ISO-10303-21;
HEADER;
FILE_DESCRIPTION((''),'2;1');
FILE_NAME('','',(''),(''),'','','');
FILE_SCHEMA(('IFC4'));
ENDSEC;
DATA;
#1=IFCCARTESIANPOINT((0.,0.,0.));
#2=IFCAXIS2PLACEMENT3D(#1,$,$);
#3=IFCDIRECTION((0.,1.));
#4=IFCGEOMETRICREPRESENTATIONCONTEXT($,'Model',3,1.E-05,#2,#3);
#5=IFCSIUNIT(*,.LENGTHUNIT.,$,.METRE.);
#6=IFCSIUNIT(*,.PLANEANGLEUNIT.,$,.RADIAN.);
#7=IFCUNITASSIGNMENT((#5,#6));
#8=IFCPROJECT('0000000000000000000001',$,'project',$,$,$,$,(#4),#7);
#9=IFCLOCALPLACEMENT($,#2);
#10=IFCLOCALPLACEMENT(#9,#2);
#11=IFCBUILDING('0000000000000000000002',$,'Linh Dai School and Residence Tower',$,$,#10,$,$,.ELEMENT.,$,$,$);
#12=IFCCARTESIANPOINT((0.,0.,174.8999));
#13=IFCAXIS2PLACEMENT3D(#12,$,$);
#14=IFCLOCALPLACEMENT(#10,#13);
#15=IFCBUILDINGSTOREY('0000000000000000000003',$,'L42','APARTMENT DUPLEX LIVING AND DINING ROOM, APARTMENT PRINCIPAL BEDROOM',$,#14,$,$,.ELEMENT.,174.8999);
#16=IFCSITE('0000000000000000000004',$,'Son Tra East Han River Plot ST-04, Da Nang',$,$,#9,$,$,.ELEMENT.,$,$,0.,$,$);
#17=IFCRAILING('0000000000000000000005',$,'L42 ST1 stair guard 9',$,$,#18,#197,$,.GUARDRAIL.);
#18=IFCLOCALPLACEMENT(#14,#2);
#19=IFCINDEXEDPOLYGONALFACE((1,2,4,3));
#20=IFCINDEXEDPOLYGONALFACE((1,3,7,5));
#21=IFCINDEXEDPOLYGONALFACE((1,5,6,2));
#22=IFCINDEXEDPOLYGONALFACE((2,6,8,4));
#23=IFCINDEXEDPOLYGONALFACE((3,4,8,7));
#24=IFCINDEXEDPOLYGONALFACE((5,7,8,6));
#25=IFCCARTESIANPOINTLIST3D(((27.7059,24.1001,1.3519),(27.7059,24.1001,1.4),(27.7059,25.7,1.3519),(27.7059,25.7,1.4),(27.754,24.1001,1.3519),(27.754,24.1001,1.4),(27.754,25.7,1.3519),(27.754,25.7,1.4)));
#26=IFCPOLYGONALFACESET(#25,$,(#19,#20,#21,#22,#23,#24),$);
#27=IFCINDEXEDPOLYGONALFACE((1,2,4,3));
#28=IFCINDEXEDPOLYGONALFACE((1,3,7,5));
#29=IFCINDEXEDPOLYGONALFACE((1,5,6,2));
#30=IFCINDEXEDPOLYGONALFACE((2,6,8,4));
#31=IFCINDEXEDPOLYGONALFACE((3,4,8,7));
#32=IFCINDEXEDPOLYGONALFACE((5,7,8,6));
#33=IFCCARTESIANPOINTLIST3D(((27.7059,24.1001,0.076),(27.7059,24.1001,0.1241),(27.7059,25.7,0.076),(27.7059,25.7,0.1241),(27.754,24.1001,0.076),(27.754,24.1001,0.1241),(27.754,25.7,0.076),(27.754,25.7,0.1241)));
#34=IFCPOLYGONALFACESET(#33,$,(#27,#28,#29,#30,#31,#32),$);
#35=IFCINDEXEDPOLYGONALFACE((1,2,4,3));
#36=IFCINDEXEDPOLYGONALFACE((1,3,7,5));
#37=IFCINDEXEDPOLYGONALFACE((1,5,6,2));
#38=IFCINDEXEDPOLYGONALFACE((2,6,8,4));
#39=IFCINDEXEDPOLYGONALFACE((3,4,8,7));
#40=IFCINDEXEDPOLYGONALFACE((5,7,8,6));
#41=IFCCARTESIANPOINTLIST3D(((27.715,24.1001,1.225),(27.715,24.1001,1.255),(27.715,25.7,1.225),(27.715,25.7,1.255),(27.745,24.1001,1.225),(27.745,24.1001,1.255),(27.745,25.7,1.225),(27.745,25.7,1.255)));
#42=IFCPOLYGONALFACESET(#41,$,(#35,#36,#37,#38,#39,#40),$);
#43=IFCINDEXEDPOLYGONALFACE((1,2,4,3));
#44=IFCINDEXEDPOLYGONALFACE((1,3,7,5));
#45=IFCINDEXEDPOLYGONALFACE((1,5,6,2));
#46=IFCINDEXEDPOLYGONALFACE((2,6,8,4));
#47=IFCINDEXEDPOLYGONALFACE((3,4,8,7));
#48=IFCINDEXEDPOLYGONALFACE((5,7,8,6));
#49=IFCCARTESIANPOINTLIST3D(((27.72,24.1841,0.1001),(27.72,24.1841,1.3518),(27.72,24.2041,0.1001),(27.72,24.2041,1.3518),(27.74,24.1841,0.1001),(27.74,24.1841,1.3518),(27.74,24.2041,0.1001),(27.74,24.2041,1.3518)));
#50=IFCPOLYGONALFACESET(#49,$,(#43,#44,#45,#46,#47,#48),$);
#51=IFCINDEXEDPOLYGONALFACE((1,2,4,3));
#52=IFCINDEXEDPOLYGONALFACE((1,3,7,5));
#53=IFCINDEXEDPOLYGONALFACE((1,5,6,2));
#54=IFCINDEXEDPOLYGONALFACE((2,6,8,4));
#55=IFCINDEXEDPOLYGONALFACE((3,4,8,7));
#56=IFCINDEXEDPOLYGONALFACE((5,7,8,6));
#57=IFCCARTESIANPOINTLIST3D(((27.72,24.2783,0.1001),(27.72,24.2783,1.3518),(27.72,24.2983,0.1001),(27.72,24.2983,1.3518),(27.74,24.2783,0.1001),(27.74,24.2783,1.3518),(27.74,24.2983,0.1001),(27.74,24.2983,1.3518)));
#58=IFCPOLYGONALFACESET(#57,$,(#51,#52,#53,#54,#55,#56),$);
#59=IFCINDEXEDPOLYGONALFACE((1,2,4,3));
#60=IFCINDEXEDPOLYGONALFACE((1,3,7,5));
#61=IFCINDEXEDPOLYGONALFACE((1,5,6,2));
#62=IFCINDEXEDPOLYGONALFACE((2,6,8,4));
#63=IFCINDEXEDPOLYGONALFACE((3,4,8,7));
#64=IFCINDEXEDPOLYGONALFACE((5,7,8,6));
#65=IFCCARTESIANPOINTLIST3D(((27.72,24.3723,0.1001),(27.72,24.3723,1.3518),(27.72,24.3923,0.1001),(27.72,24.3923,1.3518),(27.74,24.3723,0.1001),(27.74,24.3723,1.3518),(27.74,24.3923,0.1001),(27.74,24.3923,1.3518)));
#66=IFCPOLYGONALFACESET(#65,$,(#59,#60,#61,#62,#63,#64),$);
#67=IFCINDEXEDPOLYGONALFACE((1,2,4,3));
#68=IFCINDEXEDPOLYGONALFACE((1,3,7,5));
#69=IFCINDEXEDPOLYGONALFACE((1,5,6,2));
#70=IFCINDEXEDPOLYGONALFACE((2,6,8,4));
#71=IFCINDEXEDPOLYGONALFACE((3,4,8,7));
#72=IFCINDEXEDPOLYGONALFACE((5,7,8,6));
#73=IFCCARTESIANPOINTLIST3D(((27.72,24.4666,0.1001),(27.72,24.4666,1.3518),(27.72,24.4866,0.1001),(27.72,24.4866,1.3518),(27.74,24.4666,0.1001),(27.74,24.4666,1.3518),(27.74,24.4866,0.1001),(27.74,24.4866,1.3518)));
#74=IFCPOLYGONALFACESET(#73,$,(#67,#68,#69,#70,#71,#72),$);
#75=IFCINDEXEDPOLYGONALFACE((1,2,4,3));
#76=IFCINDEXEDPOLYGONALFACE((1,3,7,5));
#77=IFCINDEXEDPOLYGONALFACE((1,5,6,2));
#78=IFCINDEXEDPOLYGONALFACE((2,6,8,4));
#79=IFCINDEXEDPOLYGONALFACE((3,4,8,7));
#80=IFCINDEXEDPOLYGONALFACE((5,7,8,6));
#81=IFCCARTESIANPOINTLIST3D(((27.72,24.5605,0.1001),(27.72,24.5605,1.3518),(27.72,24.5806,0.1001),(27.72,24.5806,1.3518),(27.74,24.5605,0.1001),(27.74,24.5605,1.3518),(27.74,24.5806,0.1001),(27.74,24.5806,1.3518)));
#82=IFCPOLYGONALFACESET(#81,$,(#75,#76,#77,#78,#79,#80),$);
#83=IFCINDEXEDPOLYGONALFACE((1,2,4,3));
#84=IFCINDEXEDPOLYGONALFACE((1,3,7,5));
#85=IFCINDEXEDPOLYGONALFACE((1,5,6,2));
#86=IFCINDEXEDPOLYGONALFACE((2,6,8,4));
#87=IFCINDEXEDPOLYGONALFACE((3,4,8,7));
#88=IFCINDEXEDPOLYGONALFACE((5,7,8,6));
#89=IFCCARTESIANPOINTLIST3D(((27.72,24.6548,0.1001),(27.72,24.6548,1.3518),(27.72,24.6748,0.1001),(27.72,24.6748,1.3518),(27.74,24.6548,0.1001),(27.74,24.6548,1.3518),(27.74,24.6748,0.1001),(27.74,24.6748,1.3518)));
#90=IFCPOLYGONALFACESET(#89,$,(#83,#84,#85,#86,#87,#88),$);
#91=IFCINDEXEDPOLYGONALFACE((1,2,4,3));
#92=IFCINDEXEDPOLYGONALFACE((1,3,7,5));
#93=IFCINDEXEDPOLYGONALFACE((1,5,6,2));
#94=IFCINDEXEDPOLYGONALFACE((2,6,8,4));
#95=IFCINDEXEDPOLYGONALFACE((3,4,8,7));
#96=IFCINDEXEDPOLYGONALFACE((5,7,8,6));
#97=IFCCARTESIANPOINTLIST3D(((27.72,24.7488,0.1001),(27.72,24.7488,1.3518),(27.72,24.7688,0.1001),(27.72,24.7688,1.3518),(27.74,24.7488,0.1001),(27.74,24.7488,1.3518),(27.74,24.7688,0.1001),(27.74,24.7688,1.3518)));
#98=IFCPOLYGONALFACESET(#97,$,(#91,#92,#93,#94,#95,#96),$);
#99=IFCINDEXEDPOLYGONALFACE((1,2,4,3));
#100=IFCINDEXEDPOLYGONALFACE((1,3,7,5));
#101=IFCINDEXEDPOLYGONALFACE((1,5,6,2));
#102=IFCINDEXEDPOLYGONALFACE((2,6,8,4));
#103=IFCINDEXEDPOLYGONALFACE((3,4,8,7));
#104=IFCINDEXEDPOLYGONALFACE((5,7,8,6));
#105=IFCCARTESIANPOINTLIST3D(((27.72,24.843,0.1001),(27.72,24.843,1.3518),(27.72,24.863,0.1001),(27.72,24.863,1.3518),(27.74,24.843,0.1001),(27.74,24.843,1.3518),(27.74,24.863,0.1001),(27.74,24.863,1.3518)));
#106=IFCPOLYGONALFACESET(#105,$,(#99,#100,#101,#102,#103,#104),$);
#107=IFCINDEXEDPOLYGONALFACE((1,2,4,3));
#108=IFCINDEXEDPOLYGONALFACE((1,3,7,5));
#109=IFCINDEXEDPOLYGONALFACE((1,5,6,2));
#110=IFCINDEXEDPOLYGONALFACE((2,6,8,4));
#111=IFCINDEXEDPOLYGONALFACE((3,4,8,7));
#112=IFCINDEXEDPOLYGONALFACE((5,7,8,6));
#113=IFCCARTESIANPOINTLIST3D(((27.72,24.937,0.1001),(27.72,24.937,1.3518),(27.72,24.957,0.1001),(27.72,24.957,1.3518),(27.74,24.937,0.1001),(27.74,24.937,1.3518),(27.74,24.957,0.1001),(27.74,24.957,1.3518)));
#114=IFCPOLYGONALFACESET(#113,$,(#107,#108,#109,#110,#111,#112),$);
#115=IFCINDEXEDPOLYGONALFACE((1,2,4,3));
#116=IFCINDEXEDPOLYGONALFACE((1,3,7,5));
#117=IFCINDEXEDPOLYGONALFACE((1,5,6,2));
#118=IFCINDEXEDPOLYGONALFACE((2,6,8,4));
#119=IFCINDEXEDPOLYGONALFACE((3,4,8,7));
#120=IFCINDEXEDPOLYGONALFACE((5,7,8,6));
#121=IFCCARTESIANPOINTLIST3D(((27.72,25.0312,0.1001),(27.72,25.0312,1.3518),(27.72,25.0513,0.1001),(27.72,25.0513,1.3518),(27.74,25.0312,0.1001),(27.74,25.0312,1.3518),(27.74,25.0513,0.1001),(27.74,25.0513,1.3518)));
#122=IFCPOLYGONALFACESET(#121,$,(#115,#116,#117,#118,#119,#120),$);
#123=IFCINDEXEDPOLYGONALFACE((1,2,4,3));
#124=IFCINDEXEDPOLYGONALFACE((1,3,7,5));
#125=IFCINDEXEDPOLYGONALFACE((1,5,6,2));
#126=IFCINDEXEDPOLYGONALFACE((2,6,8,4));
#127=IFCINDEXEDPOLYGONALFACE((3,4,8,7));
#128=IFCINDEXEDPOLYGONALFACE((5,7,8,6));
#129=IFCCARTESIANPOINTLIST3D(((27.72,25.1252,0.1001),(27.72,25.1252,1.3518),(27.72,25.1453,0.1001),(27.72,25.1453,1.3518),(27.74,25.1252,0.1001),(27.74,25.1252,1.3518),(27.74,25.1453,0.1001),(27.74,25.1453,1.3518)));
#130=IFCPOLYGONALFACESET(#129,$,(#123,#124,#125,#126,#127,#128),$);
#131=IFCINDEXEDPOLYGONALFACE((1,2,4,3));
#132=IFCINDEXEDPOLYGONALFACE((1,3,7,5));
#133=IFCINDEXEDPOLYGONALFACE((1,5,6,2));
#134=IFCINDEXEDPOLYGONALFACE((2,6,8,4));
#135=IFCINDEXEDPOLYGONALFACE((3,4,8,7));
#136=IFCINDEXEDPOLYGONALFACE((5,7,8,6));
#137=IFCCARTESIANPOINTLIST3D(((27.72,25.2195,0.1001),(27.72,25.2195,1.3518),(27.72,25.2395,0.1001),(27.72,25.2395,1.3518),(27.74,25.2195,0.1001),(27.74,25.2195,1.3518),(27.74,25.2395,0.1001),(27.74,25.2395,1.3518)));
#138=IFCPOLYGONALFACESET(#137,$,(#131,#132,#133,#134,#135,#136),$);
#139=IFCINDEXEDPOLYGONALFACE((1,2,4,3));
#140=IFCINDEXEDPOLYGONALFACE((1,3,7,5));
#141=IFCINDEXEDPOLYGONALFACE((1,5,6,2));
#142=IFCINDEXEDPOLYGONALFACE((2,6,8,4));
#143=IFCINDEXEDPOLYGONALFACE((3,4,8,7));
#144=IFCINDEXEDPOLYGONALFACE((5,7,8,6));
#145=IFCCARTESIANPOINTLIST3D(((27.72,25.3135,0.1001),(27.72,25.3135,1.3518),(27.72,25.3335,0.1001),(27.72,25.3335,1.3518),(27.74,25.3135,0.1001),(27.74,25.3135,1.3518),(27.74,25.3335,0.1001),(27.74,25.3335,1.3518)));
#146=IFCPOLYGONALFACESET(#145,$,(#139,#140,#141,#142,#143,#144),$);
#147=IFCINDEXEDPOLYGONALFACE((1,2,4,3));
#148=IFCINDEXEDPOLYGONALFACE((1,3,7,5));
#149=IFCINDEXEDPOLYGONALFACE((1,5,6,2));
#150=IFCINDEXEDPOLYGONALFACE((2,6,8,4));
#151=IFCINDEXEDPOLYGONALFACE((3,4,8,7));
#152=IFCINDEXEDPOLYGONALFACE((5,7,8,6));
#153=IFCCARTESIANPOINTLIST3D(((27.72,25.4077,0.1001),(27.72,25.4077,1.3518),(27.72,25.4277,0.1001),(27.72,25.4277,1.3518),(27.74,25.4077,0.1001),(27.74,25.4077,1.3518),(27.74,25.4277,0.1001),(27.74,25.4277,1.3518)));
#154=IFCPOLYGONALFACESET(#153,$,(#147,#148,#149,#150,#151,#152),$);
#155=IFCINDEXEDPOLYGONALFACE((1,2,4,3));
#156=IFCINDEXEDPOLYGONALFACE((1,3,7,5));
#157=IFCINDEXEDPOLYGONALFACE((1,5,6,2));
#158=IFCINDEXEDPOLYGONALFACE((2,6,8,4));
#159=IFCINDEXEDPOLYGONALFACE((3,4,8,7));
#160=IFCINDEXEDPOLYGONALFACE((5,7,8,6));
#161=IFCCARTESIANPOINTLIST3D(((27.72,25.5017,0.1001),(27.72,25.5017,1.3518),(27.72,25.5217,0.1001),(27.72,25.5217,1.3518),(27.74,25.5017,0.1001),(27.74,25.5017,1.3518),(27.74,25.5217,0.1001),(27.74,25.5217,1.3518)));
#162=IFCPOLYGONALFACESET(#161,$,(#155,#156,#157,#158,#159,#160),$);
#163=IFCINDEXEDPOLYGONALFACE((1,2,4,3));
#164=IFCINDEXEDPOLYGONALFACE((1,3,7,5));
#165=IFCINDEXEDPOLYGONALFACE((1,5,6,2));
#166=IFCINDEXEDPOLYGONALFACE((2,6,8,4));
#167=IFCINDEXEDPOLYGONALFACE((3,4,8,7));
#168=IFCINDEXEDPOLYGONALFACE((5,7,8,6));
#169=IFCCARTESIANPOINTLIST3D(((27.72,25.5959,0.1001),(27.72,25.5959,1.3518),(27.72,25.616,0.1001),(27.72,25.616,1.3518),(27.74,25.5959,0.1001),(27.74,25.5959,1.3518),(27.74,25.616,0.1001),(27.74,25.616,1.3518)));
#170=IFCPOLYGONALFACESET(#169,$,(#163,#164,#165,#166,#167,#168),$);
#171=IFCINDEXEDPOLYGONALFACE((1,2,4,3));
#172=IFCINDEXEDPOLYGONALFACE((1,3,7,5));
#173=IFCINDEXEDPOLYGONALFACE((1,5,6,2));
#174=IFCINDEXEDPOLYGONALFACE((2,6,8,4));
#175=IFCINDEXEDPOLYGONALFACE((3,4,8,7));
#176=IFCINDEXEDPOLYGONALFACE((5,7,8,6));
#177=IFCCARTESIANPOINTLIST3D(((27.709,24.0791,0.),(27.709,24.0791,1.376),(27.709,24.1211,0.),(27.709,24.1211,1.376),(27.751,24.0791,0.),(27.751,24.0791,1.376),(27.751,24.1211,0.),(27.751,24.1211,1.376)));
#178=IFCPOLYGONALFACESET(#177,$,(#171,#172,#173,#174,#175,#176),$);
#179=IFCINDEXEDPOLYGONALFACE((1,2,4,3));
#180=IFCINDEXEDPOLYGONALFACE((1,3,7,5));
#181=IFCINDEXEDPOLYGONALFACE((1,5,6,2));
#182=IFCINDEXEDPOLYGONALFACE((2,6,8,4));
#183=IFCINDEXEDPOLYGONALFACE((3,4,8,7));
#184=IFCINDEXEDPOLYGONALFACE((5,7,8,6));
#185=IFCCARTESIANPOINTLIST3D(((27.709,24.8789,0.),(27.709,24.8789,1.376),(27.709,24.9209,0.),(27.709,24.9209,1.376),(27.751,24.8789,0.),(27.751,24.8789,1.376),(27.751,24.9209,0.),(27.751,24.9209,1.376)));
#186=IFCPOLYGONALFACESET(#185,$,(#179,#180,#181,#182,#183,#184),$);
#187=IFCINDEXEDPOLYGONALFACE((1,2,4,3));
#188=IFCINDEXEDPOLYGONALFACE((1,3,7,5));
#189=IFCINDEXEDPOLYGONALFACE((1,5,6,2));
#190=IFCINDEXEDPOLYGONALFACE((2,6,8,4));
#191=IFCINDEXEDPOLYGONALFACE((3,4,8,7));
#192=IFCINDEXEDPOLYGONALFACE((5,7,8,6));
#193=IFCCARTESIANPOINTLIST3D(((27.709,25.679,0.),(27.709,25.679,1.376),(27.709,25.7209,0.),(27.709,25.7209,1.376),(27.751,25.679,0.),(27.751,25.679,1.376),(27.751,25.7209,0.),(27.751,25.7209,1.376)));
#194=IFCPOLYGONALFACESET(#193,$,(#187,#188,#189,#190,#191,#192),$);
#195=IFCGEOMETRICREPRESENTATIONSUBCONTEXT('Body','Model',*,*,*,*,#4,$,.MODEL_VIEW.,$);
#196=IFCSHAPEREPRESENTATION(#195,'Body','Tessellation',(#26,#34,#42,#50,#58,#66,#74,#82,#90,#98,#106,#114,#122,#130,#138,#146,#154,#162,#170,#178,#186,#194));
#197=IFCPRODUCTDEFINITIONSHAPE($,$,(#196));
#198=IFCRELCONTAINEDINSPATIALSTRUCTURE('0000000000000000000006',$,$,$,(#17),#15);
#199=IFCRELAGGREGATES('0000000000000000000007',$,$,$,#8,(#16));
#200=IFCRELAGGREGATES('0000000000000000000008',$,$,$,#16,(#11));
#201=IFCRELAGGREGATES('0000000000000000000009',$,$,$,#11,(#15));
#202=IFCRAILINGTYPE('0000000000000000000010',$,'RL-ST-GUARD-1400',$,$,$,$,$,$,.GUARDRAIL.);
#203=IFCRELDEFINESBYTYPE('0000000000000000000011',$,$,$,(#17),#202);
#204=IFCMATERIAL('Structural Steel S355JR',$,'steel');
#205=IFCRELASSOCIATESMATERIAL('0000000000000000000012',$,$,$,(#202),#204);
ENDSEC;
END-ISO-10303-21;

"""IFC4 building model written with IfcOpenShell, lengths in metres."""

from ifc_helpers import new_model, si_unit, direction, frame, origin, origin_2d, place, context, subcontext, project, spatial, rectangle, extrude, source, transform, mapped, material, type_object, element, save


model = new_model("IFC4")

# Units and contexts
model_context = context("Model", 3, precision=1e-05, world=origin(), true_north=direction((0.0, 1.0)))
body_context = subcontext(model_context, "Body", "Model", "MODEL_VIEW")
ifc_project = project(units=[si_unit("LENGTHUNIT", "METRE"), si_unit("PLANEANGLEUNIT", "RADIAN")], contexts=[model_context])

# Site, building, storey
site_placement = place(None, origin())
site = spatial("IfcSite", under=ifc_project, at=site_placement, Name="Son Tra East Han River Plot ST-04, Da Nang", CompositionType="ELEMENT", RefElevation=0.0)
building_placement = place(site_placement, origin())
building = spatial("IfcBuilding", under=site, at=building_placement, Name="Linh Dai School and Residence Tower", CompositionType="ELEMENT")
storey_placement = place(building_placement, frame((0.0, 0.0, 174.8999)))
storey = spatial("IfcBuildingStorey", under=building, at=storey_placement, Name="L42", Description="APARTMENT DUPLEX LIVING AND DINING ROOM, APARTMENT PRINCIPAL BEDROOM", CompositionType="ELEMENT", Elevation=174.8999)

# Shared definitions
ifc_material_1 = material(Name="Structural Steel S355JR", Category="steel")

# Railing
railing_type = type_object("IfcRailingType", Name="RL-ST-GUARD-1400", PredefinedType="GUARDRAIL", material=ifc_material_1)
shared_shape_1 = source(origin(), body_context, "Body", "SweptSolid", [
    extrude(rectangle(XDim=0.0481, YDim=0.0481, at=origin_2d()), frame((0.0, 0.0, 1.376), z_axis=(0.0, 1.0, 0.0), x_axis=(-1.0, 0.0, 0.0)), (0.0, 0.0, 1.0), 1.5999),
    extrude(rectangle(XDim=0.0481, YDim=0.0481, at=origin_2d()), frame((0.0, 0.0, 0.1001), z_axis=(0.0, 1.0, 0.0), x_axis=(-1.0, 0.0, 0.0)), (0.0, 0.0, 1.0), 1.5999),
    extrude(rectangle(XDim=0.03, YDim=0.03, at=origin_2d()), frame((0.0, 0.0, 1.24), z_axis=(0.0, 1.0, 0.0), x_axis=(-1.0, 0.0, 0.0)), (0.0, 0.0, 1.0), 1.5999),
    extrude(rectangle(XDim=0.02, YDim=0.02, at=origin_2d()), frame((0.0, 0.094, 0.1001)), (0.0, 0.0, 1.0), 1.2517),
    extrude(rectangle(XDim=0.02, YDim=0.02, at=origin_2d()), frame((0.0, 0.1882, 0.1001)), (0.0, 0.0, 1.0), 1.2517),
    extrude(rectangle(XDim=0.02, YDim=0.02, at=origin_2d()), frame((0.0, 0.2822, 0.1001)), (0.0, 0.0, 1.0), 1.2517),
    extrude(rectangle(XDim=0.02, YDim=0.02, at=origin_2d()), frame((0.0, 0.3765, 0.1001)), (0.0, 0.0, 1.0), 1.2517),
    extrude(rectangle(XDim=0.02, YDim=0.02, at=origin_2d()), frame((0.0, 0.4705, 0.1001)), (0.0, 0.0, 1.0), 1.2517),
    extrude(rectangle(XDim=0.02, YDim=0.02, at=origin_2d()), frame((0.0, 0.5647, 0.1001)), (0.0, 0.0, 1.0), 1.2517),
    extrude(rectangle(XDim=0.02, YDim=0.02, at=origin_2d()), frame((0.0, 0.6587, 0.1001)), (0.0, 0.0, 1.0), 1.2517),
    extrude(rectangle(XDim=0.02, YDim=0.02, at=origin_2d()), frame((0.0, 0.7529, 0.1001)), (0.0, 0.0, 1.0), 1.2517),
    extrude(rectangle(XDim=0.02, YDim=0.02, at=origin_2d()), frame((0.0, 0.8469, 0.1001)), (0.0, 0.0, 1.0), 1.2517),
    extrude(rectangle(XDim=0.02, YDim=0.02, at=origin_2d()), frame((0.0, 0.9412, 0.1001)), (0.0, 0.0, 1.0), 1.2517),
    extrude(rectangle(XDim=0.02, YDim=0.02, at=origin_2d()), frame((0.0, 1.0352, 0.1001)), (0.0, 0.0, 1.0), 1.2517),
    extrude(rectangle(XDim=0.02, YDim=0.02, at=origin_2d()), frame((0.0, 1.1294, 0.1001)), (0.0, 0.0, 1.0), 1.2517),
    extrude(rectangle(XDim=0.02, YDim=0.02, at=origin_2d()), frame((0.0, 1.2234, 0.1001)), (0.0, 0.0, 1.0), 1.2517),
    extrude(rectangle(XDim=0.02, YDim=0.02, at=origin_2d()), frame((0.0, 1.3176, 0.1001)), (0.0, 0.0, 1.0), 1.2517),
    extrude(rectangle(XDim=0.02, YDim=0.02, at=origin_2d()), frame((0.0, 1.4116, 0.1001)), (0.0, 0.0, 1.0), 1.2517),
    extrude(rectangle(XDim=0.02, YDim=0.02, at=origin_2d()), frame((0.0, 1.5059, 0.1001)), (0.0, 0.0, 1.0), 1.2517),
    extrude(rectangle(XDim=0.042, YDim=0.042, at=origin_2d()), origin(), (0.0, 0.0, 1.0), 1.376),
    extrude(rectangle(XDim=0.042, YDim=0.042, at=origin_2d()), frame((0.0, 0.7998, 0.0)), (0.0, 0.0, 1.0), 1.376),
    extrude(rectangle(XDim=0.042, YDim=0.042, at=origin_2d()), frame((0.0, 1.5999, 0.0)), (0.0, 0.0, 1.0), 1.376),
])
for number, where, name in (
    (1, (27.73, 24.1001, 0.0), "L42 ST1 stair guard 9"),
):
    element("IfcRailing", number, at=place(storey_placement, frame(where)), inside=storey, type_object=railing_type, Name=name, PredefinedType="GUARDRAIL", context=body_context, shape_type="MappedRepresentation", body=[
        mapped(shared_shape_1, transform((0.0, 0.0, 0.0), x_axis=(1.0, 0.0, 0.0), y_axis=(0.0, 1.0, 0.0), z_axis=(0.0, 0.0, 1.0), scale=1.0)),
    ])

save(model, "model.ifc")
